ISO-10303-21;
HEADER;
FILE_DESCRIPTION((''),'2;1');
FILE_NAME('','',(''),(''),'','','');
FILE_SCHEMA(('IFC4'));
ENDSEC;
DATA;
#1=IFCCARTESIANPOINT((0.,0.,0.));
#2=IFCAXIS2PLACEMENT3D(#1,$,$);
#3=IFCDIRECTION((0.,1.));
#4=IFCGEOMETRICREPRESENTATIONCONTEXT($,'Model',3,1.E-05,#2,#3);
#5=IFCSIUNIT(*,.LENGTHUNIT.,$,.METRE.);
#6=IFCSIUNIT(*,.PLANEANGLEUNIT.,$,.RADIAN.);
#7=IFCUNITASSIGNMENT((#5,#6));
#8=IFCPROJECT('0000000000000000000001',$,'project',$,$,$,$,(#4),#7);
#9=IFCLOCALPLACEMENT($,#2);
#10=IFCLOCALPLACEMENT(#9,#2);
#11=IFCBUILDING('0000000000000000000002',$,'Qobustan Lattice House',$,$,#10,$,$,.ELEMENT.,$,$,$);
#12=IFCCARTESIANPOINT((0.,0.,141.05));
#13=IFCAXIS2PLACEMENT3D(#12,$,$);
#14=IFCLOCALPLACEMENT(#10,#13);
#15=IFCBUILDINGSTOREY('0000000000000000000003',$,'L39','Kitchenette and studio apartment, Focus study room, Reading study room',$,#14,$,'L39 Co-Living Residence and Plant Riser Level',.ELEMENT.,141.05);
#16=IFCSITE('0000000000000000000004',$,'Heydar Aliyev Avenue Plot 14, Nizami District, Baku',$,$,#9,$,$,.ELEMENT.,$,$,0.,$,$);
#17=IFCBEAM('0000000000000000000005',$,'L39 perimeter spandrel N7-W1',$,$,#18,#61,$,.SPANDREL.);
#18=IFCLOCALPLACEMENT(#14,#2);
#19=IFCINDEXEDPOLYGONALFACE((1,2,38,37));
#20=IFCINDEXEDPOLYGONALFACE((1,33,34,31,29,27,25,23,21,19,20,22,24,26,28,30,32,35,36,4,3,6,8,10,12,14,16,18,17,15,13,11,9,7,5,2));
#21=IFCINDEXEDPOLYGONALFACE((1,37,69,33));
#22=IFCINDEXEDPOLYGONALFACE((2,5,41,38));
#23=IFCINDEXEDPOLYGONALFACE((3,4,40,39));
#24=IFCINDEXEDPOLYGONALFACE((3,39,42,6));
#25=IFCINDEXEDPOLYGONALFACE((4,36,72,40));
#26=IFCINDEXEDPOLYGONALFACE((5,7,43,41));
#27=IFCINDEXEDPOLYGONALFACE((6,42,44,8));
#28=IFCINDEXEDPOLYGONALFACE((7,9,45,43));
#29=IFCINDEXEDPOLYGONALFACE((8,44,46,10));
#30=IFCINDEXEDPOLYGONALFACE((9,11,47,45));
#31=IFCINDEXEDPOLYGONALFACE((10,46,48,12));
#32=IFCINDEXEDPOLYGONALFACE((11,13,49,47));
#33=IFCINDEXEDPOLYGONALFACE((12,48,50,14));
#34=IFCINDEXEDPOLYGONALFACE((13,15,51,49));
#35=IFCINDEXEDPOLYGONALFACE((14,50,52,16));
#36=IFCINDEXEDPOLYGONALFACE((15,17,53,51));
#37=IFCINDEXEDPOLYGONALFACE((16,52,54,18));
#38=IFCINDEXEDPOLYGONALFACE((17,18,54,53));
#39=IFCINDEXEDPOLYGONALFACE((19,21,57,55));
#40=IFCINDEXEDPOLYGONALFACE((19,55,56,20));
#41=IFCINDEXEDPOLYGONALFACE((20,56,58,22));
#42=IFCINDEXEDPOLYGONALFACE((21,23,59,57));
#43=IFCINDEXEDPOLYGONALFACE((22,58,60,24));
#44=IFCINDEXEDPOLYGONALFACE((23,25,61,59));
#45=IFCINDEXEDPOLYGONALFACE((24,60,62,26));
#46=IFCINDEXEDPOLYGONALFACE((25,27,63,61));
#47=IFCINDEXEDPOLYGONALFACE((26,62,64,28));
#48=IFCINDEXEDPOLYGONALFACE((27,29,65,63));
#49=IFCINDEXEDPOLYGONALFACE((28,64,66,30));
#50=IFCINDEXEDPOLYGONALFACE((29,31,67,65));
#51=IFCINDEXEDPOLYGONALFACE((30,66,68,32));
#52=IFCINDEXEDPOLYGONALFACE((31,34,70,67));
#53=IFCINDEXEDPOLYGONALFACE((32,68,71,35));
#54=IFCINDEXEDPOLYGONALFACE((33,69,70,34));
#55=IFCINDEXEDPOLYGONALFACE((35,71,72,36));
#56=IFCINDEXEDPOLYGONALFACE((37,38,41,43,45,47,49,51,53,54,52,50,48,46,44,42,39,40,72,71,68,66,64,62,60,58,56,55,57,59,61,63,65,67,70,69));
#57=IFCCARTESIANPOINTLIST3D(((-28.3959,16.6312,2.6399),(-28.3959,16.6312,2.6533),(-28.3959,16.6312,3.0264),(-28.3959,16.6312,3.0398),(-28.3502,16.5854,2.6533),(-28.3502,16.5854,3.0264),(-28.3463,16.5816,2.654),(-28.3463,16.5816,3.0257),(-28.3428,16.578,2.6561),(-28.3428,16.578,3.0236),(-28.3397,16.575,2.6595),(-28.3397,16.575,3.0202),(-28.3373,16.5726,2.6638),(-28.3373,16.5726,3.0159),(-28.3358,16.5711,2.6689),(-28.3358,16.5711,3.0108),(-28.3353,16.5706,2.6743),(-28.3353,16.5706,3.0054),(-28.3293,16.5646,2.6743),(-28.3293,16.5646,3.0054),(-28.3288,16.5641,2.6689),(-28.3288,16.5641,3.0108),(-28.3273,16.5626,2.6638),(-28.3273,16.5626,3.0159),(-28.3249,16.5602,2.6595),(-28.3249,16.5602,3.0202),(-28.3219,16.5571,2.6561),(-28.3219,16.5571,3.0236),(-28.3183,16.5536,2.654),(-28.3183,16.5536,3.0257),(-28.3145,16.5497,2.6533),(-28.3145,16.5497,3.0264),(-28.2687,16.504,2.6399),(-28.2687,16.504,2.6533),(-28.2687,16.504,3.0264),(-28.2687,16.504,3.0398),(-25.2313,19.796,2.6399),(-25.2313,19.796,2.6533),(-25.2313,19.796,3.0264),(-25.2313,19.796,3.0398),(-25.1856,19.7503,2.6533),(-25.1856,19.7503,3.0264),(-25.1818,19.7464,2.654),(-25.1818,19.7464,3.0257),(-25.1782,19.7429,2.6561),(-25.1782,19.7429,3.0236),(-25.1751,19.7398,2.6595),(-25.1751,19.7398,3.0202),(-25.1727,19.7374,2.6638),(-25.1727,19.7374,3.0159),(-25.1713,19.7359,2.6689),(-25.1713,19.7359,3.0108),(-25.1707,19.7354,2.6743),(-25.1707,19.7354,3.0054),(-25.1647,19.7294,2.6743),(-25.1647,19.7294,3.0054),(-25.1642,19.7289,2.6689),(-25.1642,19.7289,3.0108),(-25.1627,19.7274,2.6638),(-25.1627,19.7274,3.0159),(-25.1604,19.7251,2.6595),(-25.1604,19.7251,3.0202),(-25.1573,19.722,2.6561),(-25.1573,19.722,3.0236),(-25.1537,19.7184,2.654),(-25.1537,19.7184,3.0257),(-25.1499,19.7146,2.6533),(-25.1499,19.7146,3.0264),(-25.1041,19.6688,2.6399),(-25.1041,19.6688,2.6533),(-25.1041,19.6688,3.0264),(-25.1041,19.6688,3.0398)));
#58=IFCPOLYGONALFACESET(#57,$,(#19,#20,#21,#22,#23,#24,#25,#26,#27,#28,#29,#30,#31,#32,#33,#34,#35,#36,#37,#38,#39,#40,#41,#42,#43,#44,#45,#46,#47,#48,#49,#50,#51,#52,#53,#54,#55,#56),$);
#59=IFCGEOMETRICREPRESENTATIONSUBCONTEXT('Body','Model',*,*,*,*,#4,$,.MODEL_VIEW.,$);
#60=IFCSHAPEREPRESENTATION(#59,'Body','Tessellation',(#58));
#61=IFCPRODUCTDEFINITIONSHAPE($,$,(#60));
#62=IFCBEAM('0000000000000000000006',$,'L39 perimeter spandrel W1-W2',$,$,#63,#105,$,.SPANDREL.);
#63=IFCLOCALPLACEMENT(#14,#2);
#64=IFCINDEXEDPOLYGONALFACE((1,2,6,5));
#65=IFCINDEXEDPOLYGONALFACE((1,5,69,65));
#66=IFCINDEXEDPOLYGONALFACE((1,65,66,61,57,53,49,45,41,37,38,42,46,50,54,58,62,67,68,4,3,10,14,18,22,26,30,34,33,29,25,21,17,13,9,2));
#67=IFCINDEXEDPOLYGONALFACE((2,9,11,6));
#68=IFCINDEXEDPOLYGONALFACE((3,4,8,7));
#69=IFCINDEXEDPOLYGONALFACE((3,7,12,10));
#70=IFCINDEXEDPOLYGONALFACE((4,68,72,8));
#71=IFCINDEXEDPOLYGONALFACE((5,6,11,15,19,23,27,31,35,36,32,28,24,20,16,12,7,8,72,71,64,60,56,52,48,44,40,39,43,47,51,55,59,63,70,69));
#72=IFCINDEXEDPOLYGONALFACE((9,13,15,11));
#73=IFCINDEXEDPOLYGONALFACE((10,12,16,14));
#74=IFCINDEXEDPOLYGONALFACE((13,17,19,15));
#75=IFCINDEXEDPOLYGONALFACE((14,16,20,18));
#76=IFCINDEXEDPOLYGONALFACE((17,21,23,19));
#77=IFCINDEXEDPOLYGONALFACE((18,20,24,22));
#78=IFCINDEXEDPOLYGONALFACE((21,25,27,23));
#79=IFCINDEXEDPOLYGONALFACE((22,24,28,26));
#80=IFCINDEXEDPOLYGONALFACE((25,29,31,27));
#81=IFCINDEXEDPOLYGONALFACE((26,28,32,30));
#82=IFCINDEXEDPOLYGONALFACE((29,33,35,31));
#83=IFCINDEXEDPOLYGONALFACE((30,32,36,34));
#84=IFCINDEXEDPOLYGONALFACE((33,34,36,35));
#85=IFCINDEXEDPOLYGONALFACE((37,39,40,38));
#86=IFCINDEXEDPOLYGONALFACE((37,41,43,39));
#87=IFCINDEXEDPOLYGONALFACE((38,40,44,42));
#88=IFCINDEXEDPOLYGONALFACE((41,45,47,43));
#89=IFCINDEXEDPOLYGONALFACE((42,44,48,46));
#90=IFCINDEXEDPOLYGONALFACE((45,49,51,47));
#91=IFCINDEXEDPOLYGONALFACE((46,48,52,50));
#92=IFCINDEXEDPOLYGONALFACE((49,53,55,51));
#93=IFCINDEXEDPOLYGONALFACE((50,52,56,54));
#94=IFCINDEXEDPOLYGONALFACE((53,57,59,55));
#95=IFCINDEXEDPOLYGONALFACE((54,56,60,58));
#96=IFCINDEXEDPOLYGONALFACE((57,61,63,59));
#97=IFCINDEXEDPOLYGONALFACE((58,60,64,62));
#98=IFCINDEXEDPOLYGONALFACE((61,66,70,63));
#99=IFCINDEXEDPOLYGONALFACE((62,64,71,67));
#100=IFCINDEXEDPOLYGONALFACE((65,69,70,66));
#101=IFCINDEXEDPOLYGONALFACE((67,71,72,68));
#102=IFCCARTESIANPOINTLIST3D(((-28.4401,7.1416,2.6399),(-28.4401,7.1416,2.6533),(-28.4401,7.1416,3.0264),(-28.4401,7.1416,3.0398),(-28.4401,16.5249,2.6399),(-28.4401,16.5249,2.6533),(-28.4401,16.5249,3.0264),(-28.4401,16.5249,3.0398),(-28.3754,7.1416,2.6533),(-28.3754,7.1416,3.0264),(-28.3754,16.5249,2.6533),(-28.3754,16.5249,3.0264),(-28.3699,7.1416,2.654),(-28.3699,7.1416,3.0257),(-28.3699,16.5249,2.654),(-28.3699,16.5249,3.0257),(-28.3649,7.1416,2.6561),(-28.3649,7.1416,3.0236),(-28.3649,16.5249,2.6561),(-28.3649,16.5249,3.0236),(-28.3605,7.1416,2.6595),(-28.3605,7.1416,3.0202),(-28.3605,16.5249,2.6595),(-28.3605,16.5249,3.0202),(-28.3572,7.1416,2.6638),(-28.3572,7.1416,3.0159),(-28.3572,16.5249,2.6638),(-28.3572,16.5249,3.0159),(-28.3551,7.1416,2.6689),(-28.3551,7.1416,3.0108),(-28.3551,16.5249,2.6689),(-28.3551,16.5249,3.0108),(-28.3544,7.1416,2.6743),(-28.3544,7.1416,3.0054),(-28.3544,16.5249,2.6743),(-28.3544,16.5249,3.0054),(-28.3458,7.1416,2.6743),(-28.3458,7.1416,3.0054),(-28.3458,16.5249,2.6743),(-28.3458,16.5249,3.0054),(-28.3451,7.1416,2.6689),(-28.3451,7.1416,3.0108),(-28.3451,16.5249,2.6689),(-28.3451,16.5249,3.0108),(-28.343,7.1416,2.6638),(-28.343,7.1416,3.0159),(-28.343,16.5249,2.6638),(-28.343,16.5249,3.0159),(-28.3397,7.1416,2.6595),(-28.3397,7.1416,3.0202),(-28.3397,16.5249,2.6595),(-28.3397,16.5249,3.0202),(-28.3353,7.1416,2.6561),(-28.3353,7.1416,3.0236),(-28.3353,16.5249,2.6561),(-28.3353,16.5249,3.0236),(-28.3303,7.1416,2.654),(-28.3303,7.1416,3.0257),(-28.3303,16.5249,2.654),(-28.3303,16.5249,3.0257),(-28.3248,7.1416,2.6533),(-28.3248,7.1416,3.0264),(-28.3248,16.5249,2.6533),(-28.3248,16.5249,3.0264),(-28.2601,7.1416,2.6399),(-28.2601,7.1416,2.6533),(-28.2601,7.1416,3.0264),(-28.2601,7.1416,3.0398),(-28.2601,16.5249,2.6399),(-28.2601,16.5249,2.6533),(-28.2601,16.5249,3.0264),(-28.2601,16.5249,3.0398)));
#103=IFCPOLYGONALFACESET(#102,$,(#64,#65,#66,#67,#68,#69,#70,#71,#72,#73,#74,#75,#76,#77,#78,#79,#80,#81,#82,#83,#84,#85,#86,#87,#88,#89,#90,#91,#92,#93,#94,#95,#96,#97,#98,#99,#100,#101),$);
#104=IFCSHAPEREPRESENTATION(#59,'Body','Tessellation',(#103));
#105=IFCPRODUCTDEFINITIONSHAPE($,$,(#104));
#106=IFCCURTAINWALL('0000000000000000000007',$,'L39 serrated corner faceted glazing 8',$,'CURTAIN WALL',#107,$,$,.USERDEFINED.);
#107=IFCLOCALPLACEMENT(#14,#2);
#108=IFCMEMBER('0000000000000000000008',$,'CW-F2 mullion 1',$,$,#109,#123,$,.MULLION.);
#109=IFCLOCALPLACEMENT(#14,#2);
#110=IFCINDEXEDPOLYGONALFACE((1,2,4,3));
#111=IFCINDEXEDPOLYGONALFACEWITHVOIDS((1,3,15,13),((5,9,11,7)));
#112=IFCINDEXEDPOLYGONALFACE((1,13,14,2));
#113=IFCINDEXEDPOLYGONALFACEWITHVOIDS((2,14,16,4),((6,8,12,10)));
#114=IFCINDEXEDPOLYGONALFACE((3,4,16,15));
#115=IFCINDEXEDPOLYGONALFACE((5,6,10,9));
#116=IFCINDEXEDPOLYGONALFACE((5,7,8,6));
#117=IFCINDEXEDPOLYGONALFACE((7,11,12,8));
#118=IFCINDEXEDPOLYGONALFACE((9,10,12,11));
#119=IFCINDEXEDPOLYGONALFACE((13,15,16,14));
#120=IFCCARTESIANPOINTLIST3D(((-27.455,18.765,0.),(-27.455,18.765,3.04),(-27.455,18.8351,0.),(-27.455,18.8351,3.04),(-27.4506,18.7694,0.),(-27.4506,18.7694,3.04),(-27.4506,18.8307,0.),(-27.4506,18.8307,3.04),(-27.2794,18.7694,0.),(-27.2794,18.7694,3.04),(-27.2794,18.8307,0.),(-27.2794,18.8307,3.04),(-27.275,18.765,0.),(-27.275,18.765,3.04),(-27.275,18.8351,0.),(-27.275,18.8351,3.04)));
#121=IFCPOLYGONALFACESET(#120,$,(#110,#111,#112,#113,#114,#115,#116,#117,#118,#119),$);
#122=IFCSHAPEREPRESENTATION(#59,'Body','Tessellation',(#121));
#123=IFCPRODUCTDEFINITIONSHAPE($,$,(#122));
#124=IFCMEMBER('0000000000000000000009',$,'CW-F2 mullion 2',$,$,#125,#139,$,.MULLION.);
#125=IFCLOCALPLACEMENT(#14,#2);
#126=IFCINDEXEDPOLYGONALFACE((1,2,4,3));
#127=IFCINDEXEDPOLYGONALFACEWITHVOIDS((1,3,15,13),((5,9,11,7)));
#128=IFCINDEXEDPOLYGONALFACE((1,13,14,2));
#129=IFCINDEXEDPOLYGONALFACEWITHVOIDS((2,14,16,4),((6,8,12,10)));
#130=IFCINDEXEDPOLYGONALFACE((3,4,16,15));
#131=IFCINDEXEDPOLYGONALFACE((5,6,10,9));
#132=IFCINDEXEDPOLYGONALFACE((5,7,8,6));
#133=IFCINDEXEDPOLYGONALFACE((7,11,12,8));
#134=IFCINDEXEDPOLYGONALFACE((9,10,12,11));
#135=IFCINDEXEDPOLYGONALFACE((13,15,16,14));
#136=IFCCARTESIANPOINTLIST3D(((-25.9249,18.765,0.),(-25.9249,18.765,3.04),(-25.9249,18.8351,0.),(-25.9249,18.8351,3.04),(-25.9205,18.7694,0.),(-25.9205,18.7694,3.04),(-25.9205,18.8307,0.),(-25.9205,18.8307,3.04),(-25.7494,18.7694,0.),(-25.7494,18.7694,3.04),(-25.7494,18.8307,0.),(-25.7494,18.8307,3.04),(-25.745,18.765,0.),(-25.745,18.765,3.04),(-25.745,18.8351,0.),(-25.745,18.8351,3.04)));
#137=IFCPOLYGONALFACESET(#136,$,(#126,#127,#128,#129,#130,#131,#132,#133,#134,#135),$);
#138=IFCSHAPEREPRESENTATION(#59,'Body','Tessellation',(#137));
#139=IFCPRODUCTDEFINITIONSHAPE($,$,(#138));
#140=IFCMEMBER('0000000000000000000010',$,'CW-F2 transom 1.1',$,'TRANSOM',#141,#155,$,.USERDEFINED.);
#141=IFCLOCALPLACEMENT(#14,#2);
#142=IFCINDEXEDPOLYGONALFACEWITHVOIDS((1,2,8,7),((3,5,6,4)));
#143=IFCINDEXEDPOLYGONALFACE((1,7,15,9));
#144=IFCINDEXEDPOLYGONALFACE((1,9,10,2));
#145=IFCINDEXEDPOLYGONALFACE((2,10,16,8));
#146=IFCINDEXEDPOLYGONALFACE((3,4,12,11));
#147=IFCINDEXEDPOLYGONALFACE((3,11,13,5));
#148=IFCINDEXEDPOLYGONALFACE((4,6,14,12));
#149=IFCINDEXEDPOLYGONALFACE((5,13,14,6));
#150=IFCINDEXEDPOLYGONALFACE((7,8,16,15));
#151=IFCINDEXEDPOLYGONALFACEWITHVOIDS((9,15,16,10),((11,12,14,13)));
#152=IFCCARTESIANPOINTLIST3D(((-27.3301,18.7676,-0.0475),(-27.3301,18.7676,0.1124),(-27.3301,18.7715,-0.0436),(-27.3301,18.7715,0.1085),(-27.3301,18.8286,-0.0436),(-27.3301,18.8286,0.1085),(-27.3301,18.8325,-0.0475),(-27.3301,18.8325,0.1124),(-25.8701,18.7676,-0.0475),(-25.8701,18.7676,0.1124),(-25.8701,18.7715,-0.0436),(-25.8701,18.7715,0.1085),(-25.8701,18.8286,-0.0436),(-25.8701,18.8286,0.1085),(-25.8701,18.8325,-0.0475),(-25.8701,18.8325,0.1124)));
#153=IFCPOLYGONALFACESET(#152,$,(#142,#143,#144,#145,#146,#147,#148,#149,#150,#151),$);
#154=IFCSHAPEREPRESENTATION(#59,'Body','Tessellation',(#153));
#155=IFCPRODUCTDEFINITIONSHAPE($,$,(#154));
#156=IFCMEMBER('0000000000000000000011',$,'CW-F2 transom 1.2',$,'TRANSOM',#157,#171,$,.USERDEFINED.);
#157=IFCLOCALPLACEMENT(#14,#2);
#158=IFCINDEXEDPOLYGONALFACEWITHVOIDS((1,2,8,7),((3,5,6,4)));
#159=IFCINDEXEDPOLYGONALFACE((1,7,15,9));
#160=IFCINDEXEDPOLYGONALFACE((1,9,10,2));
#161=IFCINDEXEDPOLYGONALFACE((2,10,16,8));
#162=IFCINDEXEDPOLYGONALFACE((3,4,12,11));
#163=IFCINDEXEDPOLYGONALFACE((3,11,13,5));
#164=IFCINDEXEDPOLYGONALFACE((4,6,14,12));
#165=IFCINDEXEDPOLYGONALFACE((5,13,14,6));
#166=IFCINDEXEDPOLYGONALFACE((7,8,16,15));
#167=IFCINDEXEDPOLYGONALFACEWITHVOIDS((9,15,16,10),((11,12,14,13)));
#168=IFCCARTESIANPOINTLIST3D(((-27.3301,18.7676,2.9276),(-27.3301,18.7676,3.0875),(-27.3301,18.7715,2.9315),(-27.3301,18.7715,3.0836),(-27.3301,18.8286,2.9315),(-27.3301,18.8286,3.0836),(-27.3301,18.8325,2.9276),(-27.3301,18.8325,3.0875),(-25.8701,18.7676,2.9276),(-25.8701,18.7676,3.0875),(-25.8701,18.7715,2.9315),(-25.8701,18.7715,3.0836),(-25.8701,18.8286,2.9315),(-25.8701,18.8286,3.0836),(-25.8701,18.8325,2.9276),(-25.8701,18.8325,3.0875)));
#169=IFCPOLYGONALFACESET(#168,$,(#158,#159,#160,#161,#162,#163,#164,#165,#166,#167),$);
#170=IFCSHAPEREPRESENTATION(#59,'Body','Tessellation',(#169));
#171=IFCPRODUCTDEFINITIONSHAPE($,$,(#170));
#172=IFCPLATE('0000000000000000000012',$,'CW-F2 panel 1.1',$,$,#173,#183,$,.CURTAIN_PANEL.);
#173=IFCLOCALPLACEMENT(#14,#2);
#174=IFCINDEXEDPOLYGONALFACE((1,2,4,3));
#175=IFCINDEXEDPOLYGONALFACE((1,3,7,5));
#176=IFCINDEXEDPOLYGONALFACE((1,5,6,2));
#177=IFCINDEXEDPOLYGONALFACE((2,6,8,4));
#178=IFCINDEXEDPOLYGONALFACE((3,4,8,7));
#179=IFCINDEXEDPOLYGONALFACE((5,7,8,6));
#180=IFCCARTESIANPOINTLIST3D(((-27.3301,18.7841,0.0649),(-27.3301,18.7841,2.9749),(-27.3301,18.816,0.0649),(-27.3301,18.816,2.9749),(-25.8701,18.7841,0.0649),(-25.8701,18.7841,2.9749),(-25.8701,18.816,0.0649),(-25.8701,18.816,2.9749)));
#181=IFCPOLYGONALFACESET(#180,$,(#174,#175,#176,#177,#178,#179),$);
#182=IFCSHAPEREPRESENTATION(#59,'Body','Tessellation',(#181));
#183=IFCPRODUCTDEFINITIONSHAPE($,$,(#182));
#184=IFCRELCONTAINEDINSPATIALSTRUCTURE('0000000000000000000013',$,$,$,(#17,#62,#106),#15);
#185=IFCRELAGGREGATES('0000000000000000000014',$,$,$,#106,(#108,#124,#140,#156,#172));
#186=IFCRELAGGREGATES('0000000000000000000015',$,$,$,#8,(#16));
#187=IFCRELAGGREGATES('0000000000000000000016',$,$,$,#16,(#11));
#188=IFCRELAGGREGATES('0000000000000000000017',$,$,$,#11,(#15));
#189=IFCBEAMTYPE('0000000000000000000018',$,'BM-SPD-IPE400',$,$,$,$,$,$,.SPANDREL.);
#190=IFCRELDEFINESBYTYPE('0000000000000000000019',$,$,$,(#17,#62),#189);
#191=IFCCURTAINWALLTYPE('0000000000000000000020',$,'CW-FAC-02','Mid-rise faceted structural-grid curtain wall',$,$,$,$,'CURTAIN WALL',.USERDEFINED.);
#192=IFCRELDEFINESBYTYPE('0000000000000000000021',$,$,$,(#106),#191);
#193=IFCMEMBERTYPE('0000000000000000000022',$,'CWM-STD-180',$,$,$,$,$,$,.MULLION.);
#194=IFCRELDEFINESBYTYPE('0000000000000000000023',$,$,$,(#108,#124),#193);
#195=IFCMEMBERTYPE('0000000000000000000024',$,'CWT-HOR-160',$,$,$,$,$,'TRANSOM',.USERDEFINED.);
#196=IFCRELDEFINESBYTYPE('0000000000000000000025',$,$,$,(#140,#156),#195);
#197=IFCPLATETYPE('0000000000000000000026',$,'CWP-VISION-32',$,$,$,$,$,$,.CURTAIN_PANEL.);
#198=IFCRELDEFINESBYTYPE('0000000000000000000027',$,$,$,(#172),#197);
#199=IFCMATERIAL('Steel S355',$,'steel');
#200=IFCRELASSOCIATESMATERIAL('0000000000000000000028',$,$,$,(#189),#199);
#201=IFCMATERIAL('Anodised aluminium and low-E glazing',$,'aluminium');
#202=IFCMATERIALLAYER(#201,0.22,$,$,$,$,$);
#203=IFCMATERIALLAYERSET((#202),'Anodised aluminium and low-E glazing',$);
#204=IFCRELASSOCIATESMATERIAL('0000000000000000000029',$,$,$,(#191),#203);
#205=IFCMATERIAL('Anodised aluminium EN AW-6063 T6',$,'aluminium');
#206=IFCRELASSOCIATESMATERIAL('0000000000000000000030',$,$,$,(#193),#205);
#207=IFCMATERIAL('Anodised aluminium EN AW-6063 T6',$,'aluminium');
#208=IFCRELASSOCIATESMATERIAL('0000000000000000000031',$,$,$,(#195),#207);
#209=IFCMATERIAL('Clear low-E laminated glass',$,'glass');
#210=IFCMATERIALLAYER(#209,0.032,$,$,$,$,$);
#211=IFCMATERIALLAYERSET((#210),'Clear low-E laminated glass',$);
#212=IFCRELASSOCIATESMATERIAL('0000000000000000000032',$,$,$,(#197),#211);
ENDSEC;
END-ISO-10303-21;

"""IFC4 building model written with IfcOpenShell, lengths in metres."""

from ifc_helpers import new_model, si_unit, direction, frame, origin, origin_2d, place, context, subcontext, project, spatial, rectangle, hollow_rectangle, i_section, extrude, material, layer, layer_set, material_profile, profile_set, type_object, element, aggregate, save


model = new_model("IFC4")

# Units and contexts
model_context = context("Model", 3, precision=1e-05, world=origin(), true_north=direction((0.0, 1.0)))
body_context = subcontext(model_context, "Body", "Model", "MODEL_VIEW")
ifc_project = project(units=[si_unit("LENGTHUNIT", "METRE"), si_unit("PLANEANGLEUNIT", "RADIAN")], contexts=[model_context])

# Site, building, storey
site_placement = place(None, origin())
site = spatial("IfcSite", under=ifc_project, at=site_placement, Name="Heydar Aliyev Avenue Plot 14, Nizami District, Baku", CompositionType="ELEMENT", RefElevation=0.0)
building_placement = place(site_placement, origin())
building = spatial("IfcBuilding", under=site, at=building_placement, Name="Qobustan Lattice House", CompositionType="ELEMENT")
storey_placement = place(building_placement, frame((0.0, 0.0, 141.05)))
storey = spatial("IfcBuildingStorey", under=building, at=storey_placement, Name="L39", Description="Kitchenette and studio apartment, Focus study room, Reading study room", LongName="L39 Co-Living Residence and Plant Riser Level", CompositionType="ELEMENT", Elevation=141.05)

# Beams
ifc_material_1 = material(Name="Steel S355", Category="steel")
ifc_material_profile_1 = material_profile(ifc_material_1, i_section(OverallWidth=0.1799, OverallDepth=0.3999, WebThickness=0.0085, FlangeThickness=0.0134, FilletRadius=0.021, at=origin_2d()), Name="IPE400")
ifc_profile_set_1 = profile_set([ifc_material_profile_1], Name="Steel S355")
beam_type_1 = type_object("IfcBeamType", Name="BM-SPD-IPE400", PredefinedType="SPANDREL", material=ifc_profile_set_1)
beam_1_placement = place(storey_placement, frame((-25.1677, 19.7324, 2.8398), z_axis=(-0.70708, -0.707134, 0.0), x_axis=(0.707134, -0.70708, 0.0)))
element("IfcBeam", 1, at=beam_1_placement, inside=storey, type_object=beam_type_1, Name="L39 perimeter spandrel N7-W1", PredefinedType="SPANDREL", context=body_context, shape_type="SweptSolid", body=[
    extrude(i_section(OverallWidth=0.1799, OverallDepth=0.3999, WebThickness=0.0085, FlangeThickness=0.0134, FilletRadius=0.021, at=origin_2d()), origin(), (0.0, 0.0, 1.0), 4.4756),
])
beam_2_placement = place(storey_placement, frame((-28.3501, 16.5249, 2.8398), z_axis=(0.0, -1.0, 0.0), x_axis=(1.0, 0.0, 0.0)))
element("IfcBeam", 2, at=beam_2_placement, inside=storey, type_object=beam_type_1, Name="L39 perimeter spandrel W1-W2", PredefinedType="SPANDREL", context=body_context, shape_type="SweptSolid", body=[
    extrude(i_section(OverallWidth=0.1799, OverallDepth=0.3999, WebThickness=0.0085, FlangeThickness=0.0134, FilletRadius=0.021, at=origin_2d()), origin(), (0.0, 0.0, 1.0), 9.3833),
])

# Curtain wall, members, plate
ifc_material_2 = material(Name="Anodised aluminium and low-E glazing", Category="aluminium")
ifc_layer_1 = layer(ifc_material_2, 0.22)
ifc_layer_set_1 = layer_set([ifc_layer_1], Name="Anodised aluminium and low-E glazing")
curtain_wall_type = type_object("IfcCurtainWallType", Name="CW-FAC-02", Description="Mid-rise faceted structural-grid curtain wall", ElementType="CURTAIN WALL", PredefinedType="USERDEFINED", material=ifc_layer_set_1)
curtain_wall_placement = place(storey_placement, origin())
curtain_wall = element("IfcCurtainWall", 3, at=curtain_wall_placement, inside=storey, type_object=curtain_wall_type, Name="L39 serrated corner faceted glazing 8", ObjectType="CURTAIN WALL", PredefinedType="USERDEFINED")
ifc_material_3 = material(Name="Anodised aluminium EN AW-6063 T6", Category="aluminium")
ifc_material_profile_2 = material_profile(ifc_material_3, hollow_rectangle(XDim=0.0701, YDim=0.1799, WallThickness=0.0044, at=origin_2d()), Name="CWM-180x70")
ifc_profile_set_2 = profile_set([ifc_material_profile_2], Name="Anodised aluminium EN AW-6063 T6")
member_type_1 = type_object("IfcMemberType", Name="CWM-STD-180", PredefinedType="MULLION", material=ifc_profile_set_2)
member_1_placement = place(storey_placement, frame((-27.365, 18.8, 0.0), z_axis=(0.0, 0.0, 1.0), x_axis=(0.0, 1.0, 0.0)))
member_1 = element("IfcMember", 4, at=member_1_placement, type_object=member_type_1, Name="CW-F2 mullion 1", PredefinedType="MULLION", context=body_context, shape_type="SweptSolid", body=[
    extrude(hollow_rectangle(XDim=0.0701, YDim=0.1799, WallThickness=0.0044, at=origin_2d()), origin(), (0.0, 0.0, 1.0), 3.04),
])
member_2_placement = place(storey_placement, frame((-25.835, 18.8, 0.0), z_axis=(0.0, 0.0, 1.0), x_axis=(0.0, 1.0, 0.0)))
member_2 = element("IfcMember", 5, at=member_2_placement, type_object=member_type_1, Name="CW-F2 mullion 2", PredefinedType="MULLION", context=body_context, shape_type="SweptSolid", body=[
    extrude(hollow_rectangle(XDim=0.0701, YDim=0.1799, WallThickness=0.0044, at=origin_2d()), origin(), (0.0, 0.0, 1.0), 3.04),
])
ifc_material_4 = material(Name="Anodised aluminium EN AW-6063 T6", Category="aluminium")
ifc_material_profile_3 = material_profile(ifc_material_4, hollow_rectangle(XDim=0.0649, YDim=0.1599, WallThickness=0.0039, at=origin_2d()), Name="CWT-160x65")
ifc_profile_set_3 = profile_set([ifc_material_profile_3], Name="Anodised aluminium EN AW-6063 T6")
member_type_2 = type_object("IfcMemberType", Name="CWT-HOR-160", ElementType="TRANSOM", PredefinedType="USERDEFINED", material=ifc_profile_set_3)
member_3_placement = place(storey_placement, frame((-27.3301, 18.8, 0.0325), z_axis=(1.0, 0.0, 0.0), x_axis=(0.0, 1.0, 0.0)))
member_3 = element("IfcMember", 6, at=member_3_placement, type_object=member_type_2, Name="CW-F2 transom 1.1", ObjectType="TRANSOM", PredefinedType="USERDEFINED", context=body_context, shape_type="SweptSolid", body=[
    extrude(hollow_rectangle(XDim=0.0649, YDim=0.1599, WallThickness=0.0039, at=origin_2d()), origin(), (0.0, 0.0, 1.0), 1.46),
])
member_4_placement = place(storey_placement, frame((-27.3301, 18.8, 3.0076), z_axis=(1.0, 0.0, 0.0), x_axis=(0.0, 1.0, 0.0)))
member_4 = element("IfcMember", 7, at=member_4_placement, type_object=member_type_2, Name="CW-F2 transom 1.2", ObjectType="TRANSOM", PredefinedType="USERDEFINED", context=body_context, shape_type="SweptSolid", body=[
    extrude(hollow_rectangle(XDim=0.0649, YDim=0.1599, WallThickness=0.0039, at=origin_2d()), origin(), (0.0, 0.0, 1.0), 1.46),
])
ifc_material_5 = material(Name="Clear low-E laminated glass", Category="glass")
ifc_layer_2 = layer(ifc_material_5, 0.032)
ifc_layer_set_2 = layer_set([ifc_layer_2], Name="Clear low-E laminated glass")
plate_type_1 = type_object("IfcPlateType", Name="CWP-VISION-32", PredefinedType="CURTAIN_PANEL", material=ifc_layer_set_2)
plate_1_placement = place(storey_placement, frame((-26.6001, 18.8, 0.0649), z_axis=(0.0, 0.0, 1.0), x_axis=(1.0, 0.0, 0.0)))
plate_1 = element("IfcPlate", 8, at=plate_1_placement, type_object=plate_type_1, Name="CW-F2 panel 1.1", PredefinedType="CURTAIN_PANEL", context=body_context, shape_type="SweptSolid", body=[
    extrude(rectangle(XDim=1.46, YDim=0.032, at=origin_2d()), origin(), (0.0, 0.0, 1.0), 2.9099),
])
aggregate(curtain_wall, [member_1, member_2, member_3, member_4, plate_1])

save(model, "model.ifc")
